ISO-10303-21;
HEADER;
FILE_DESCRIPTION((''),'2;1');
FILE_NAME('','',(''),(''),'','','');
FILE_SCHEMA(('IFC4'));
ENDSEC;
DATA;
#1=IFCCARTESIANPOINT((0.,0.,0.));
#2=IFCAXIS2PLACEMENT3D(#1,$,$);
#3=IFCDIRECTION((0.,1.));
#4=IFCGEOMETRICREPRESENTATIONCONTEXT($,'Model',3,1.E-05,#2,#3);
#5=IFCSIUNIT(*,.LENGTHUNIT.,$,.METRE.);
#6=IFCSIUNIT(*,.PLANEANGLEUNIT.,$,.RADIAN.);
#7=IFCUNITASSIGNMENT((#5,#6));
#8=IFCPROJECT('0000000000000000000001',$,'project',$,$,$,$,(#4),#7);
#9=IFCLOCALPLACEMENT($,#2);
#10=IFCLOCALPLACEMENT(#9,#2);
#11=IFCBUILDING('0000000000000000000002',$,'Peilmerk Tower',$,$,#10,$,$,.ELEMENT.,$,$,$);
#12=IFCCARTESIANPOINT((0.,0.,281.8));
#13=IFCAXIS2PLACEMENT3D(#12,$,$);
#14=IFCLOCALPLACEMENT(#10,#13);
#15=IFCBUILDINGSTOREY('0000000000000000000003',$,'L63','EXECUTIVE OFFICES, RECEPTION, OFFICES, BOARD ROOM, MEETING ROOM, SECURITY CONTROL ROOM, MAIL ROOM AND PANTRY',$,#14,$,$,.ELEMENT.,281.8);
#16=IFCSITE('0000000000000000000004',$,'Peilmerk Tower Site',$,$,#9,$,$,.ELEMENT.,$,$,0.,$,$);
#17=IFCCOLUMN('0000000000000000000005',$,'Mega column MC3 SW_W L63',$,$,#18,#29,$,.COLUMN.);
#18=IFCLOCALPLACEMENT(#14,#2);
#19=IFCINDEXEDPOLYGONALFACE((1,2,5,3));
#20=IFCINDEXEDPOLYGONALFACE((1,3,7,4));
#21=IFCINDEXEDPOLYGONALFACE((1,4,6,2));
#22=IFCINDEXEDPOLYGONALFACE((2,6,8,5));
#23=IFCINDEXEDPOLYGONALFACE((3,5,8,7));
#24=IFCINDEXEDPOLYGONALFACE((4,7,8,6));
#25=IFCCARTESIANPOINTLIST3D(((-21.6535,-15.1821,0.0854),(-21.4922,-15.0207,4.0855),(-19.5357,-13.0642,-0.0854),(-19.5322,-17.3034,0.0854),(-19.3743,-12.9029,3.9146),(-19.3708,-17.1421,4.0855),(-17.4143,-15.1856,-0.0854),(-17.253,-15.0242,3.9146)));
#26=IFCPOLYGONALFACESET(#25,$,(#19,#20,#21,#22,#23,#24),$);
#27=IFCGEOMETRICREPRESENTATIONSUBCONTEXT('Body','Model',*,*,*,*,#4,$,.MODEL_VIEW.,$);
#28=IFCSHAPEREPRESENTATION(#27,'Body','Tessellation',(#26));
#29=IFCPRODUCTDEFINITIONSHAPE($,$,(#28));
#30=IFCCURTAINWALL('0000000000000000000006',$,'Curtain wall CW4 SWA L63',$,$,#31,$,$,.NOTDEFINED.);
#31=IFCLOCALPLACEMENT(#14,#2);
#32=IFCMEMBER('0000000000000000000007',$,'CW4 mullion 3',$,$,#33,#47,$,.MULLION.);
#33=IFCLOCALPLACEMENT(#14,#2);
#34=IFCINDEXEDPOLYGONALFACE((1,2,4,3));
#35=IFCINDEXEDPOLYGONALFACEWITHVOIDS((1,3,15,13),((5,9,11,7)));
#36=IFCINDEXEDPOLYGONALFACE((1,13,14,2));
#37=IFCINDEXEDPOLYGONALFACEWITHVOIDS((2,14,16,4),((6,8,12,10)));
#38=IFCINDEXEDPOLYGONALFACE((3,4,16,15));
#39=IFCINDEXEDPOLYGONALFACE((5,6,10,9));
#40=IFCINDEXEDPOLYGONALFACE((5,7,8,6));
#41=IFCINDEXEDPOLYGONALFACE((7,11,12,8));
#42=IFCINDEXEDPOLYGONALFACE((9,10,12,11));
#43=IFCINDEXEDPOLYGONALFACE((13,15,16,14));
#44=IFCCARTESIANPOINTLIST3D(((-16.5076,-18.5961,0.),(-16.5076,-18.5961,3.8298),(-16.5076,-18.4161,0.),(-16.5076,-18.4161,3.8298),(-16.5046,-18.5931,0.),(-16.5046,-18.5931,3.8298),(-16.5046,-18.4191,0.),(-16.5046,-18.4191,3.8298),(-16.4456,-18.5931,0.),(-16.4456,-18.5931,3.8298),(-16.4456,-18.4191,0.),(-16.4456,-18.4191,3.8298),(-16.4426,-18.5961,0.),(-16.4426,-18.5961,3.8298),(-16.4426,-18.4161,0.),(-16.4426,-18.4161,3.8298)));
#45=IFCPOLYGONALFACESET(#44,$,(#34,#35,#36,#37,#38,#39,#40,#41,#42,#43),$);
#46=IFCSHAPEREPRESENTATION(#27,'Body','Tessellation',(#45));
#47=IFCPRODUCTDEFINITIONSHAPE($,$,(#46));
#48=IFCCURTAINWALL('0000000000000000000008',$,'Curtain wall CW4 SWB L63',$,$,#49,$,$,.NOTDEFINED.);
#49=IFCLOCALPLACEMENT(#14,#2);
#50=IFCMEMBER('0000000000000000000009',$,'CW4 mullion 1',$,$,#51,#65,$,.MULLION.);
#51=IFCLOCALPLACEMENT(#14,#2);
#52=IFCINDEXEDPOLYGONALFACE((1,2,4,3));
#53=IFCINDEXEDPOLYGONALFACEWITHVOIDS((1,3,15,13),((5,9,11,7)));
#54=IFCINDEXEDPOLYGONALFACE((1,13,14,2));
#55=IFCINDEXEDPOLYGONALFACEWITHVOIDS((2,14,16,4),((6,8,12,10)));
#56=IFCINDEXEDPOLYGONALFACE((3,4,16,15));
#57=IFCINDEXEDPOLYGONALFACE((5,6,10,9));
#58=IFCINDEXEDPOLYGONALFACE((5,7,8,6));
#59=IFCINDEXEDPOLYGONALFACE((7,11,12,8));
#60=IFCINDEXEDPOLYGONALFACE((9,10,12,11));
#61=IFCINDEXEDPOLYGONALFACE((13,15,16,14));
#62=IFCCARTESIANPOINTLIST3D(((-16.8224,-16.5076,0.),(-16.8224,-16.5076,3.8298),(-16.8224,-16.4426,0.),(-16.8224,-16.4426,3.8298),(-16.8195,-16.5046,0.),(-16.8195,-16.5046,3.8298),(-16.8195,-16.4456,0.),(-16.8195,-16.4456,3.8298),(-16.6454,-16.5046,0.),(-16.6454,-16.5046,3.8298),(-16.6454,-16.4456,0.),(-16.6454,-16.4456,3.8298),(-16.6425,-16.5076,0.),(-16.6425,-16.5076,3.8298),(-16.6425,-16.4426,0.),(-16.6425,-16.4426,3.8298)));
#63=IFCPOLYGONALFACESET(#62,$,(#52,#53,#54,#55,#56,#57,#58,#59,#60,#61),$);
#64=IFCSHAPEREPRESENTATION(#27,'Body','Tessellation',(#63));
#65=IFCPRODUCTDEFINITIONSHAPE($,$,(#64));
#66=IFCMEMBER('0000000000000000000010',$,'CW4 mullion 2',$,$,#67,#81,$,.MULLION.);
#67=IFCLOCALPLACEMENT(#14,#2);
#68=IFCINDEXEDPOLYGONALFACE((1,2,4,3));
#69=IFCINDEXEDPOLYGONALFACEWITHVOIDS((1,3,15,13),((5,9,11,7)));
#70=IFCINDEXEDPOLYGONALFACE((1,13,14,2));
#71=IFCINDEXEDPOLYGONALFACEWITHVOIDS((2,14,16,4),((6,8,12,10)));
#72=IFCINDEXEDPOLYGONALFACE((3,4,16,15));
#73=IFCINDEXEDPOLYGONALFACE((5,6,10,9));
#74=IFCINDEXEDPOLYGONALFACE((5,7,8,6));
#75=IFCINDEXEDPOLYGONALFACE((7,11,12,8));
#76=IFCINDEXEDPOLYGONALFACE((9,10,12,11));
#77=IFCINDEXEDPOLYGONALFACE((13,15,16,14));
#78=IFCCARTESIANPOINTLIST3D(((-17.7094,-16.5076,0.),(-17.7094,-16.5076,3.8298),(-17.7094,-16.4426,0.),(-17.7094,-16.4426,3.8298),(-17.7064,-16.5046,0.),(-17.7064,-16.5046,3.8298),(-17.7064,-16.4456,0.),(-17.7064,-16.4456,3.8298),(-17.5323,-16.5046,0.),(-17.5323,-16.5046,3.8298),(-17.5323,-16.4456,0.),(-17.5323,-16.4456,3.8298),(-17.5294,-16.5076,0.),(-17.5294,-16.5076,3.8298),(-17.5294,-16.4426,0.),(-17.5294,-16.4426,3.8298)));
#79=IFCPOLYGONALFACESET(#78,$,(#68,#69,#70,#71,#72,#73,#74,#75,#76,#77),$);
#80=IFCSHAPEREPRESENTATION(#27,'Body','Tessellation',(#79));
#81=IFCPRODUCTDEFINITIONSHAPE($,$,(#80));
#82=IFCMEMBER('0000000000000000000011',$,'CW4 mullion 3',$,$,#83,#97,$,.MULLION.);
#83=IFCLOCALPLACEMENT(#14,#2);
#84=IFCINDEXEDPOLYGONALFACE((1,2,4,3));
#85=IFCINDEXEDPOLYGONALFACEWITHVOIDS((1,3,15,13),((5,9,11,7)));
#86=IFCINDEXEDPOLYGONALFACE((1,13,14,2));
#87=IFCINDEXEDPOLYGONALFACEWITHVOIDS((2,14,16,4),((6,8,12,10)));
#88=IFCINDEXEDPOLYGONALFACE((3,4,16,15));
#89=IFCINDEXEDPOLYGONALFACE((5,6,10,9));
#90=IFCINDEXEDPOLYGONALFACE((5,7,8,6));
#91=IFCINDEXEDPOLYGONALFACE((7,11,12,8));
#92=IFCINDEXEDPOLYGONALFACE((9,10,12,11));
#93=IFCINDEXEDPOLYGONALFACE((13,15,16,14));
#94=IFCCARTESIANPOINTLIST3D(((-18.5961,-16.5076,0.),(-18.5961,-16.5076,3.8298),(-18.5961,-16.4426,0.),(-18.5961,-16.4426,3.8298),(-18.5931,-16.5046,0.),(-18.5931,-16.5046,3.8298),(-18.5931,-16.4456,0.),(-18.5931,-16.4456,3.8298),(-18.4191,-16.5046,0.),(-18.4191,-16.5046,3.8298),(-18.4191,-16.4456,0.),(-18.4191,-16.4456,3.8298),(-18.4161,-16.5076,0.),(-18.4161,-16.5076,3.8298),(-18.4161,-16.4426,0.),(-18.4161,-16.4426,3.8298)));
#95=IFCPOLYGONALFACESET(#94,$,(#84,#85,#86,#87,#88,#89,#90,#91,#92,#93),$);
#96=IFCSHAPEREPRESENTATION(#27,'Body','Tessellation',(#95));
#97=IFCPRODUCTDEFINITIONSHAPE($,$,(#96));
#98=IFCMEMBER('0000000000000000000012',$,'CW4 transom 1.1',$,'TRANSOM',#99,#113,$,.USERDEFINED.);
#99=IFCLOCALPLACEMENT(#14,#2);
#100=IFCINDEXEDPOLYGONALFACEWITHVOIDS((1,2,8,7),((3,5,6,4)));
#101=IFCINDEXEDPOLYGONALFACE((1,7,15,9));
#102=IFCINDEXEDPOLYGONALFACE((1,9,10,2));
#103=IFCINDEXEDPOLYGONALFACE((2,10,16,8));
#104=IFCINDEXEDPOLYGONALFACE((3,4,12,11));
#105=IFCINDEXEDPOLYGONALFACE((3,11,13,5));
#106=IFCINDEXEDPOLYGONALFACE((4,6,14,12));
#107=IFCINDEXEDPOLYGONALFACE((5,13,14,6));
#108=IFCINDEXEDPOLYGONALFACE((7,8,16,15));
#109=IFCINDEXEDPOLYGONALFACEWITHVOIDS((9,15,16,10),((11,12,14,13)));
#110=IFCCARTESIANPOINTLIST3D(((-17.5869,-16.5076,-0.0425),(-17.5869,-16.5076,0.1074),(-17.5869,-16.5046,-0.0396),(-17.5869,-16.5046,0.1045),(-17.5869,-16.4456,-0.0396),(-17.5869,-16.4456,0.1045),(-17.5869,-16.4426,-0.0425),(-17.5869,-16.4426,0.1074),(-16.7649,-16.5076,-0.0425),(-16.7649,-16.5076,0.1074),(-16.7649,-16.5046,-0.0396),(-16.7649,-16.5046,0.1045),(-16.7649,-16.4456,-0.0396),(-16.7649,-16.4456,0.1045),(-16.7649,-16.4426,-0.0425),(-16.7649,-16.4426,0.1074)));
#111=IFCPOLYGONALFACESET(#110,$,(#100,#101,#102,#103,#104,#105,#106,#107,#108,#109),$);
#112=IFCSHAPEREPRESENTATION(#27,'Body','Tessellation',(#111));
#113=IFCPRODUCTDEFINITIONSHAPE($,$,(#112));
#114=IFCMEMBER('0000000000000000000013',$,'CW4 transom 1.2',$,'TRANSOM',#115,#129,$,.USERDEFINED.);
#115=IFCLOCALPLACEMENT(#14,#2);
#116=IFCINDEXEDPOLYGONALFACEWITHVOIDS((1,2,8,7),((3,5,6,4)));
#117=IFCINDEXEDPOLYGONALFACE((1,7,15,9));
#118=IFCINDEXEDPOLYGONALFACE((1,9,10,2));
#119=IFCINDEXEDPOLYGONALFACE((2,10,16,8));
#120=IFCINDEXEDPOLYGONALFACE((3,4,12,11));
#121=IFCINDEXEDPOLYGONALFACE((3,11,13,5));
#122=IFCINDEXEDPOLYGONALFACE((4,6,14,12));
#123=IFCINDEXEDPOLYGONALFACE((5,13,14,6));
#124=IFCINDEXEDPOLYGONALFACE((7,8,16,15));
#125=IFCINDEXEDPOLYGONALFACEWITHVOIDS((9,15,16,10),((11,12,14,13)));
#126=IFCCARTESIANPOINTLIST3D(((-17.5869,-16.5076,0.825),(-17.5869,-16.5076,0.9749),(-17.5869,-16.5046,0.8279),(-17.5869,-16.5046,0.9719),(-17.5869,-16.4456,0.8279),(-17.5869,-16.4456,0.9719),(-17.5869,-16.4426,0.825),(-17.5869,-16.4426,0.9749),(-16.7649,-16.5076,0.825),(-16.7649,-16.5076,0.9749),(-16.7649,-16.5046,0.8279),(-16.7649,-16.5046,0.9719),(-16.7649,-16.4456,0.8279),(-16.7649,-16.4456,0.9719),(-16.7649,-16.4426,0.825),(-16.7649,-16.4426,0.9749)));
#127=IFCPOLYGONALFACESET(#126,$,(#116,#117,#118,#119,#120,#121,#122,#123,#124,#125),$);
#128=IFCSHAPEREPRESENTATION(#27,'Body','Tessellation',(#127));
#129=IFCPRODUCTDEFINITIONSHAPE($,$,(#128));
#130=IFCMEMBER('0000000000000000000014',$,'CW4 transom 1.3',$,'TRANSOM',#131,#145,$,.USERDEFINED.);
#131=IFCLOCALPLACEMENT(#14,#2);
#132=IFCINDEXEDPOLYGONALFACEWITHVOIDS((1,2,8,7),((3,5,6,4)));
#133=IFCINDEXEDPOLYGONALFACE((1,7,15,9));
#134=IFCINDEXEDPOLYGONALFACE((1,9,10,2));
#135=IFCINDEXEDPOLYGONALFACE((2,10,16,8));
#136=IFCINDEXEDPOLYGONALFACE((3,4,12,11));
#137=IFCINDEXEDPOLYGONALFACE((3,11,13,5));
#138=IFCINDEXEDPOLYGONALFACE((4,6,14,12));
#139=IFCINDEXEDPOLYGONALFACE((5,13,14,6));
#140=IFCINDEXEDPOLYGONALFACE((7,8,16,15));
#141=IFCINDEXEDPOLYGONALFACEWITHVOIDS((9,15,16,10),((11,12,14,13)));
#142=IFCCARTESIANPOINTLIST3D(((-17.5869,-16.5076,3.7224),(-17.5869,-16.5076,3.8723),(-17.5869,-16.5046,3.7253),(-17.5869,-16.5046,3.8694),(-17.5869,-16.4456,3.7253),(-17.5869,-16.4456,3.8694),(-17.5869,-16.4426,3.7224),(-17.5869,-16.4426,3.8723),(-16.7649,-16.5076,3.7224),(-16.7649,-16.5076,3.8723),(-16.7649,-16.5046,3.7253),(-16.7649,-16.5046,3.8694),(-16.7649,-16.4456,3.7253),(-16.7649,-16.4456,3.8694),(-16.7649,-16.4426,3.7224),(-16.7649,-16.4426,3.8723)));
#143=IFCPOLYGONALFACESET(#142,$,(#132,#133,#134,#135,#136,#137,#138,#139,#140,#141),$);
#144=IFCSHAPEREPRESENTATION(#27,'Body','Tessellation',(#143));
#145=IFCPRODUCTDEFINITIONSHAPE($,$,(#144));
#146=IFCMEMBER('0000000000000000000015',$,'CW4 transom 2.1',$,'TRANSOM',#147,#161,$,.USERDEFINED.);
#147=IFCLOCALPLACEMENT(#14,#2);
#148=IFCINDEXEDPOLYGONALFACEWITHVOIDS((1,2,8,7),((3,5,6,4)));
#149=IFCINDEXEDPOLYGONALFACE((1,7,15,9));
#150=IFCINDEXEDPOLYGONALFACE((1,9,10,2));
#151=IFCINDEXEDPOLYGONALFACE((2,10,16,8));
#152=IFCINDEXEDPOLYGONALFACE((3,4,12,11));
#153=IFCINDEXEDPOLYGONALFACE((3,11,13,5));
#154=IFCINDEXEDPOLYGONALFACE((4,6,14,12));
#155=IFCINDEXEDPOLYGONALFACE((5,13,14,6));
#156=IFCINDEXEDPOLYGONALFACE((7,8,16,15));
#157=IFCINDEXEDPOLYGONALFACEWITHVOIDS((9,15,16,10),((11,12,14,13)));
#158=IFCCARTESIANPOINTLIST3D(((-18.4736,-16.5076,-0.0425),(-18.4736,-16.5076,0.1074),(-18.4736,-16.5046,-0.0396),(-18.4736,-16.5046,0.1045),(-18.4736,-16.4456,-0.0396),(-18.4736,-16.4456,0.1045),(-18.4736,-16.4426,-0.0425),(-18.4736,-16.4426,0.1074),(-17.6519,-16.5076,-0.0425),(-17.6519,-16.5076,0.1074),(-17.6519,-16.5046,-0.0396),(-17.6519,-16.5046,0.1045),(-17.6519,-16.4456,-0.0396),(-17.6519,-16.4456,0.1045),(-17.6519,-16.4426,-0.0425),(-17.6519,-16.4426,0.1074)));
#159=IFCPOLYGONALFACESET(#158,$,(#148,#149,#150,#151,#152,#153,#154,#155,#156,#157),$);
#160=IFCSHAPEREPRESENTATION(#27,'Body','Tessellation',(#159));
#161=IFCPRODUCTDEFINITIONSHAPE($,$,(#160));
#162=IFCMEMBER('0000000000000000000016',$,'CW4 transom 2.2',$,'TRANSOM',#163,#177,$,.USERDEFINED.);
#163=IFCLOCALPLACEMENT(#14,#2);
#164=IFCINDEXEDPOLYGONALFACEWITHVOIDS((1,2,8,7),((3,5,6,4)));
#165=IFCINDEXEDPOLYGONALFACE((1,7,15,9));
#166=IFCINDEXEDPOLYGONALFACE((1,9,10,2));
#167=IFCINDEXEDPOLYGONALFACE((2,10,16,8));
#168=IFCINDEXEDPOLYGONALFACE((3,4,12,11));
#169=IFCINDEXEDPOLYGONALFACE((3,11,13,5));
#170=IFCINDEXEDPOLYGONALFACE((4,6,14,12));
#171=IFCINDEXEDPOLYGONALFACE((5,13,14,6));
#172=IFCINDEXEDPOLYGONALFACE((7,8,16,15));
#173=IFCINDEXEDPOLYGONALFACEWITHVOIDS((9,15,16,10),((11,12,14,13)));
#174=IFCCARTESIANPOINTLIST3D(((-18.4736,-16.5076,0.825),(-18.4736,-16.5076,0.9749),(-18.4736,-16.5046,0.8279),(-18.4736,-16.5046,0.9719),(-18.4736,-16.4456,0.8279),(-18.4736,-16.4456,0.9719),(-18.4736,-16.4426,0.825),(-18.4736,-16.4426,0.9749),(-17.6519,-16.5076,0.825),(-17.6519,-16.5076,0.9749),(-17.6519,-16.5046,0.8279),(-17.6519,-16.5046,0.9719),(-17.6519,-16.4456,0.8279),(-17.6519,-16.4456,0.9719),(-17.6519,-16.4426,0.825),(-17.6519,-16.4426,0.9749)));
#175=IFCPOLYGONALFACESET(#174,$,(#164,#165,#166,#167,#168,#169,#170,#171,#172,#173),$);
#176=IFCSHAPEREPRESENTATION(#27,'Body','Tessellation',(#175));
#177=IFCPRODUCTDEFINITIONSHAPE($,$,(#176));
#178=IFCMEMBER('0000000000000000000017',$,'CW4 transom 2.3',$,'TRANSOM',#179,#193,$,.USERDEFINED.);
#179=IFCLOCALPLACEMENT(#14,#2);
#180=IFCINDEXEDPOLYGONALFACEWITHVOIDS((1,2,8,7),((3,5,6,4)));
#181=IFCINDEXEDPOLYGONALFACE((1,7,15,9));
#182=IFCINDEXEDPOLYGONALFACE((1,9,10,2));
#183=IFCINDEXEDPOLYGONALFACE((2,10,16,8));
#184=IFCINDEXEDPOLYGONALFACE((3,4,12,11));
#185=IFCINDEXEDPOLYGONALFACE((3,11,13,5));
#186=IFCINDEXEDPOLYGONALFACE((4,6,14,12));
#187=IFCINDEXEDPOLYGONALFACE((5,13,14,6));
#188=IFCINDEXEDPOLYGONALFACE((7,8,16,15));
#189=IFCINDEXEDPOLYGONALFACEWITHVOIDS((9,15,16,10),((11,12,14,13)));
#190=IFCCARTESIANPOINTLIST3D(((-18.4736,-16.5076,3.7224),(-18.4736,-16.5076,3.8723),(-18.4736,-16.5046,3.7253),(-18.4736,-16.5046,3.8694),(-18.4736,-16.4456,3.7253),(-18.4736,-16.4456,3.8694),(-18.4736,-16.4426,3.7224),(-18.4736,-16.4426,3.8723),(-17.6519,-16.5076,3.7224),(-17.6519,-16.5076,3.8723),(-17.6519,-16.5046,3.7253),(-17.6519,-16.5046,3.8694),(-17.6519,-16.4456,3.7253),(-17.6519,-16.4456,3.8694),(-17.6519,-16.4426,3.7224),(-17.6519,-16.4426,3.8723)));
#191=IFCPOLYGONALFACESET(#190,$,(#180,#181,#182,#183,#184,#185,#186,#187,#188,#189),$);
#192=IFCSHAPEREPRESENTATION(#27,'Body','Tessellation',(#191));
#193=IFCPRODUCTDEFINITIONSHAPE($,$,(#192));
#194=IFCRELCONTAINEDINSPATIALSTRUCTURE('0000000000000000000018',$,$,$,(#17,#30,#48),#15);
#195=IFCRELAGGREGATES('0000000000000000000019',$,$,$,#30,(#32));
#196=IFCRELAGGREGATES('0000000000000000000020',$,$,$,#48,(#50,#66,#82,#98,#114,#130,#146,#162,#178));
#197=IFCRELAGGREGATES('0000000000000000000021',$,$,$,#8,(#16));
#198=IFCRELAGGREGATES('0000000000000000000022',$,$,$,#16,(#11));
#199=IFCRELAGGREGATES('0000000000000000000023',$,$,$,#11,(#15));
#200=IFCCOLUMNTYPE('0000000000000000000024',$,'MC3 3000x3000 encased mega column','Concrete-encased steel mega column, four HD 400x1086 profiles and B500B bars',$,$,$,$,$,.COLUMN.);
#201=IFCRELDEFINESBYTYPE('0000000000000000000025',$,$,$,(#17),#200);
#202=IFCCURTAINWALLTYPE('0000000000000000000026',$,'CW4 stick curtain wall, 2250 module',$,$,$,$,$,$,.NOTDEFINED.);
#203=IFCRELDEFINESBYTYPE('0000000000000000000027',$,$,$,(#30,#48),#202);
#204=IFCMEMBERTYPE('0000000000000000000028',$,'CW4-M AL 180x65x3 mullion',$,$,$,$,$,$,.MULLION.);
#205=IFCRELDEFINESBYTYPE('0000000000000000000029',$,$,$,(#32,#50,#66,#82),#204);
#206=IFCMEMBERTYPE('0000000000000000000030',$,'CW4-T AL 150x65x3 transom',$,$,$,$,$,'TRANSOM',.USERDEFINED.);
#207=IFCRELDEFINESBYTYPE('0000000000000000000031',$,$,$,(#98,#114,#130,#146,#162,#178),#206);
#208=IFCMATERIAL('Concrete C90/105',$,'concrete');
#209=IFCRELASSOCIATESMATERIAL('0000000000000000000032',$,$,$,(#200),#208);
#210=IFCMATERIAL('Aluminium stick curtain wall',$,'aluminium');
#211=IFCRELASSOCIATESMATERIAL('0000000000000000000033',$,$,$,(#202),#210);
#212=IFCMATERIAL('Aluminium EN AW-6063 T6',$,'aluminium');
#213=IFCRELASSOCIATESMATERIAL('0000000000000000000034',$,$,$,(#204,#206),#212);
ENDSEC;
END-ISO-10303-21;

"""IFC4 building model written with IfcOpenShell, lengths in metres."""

from ifc_helpers import new_model, si_unit, direction, frame, origin, origin_2d, place, context, subcontext, project, spatial, rectangle, hollow_rectangle, extrude, material, material_profile, profile_set, type_object, element, aggregate, save


model = new_model("IFC4")

# Units and contexts
model_context = context("Model", 3, precision=1e-05, world=origin(), true_north=direction((0.0, 1.0)))
body_context = subcontext(model_context, "Body", "Model", "MODEL_VIEW")
ifc_project = project(units=[si_unit("LENGTHUNIT", "METRE"), si_unit("PLANEANGLEUNIT", "RADIAN")], contexts=[model_context])

# Site, building, storey
site_placement = place(None, origin())
site = spatial("IfcSite", under=ifc_project, at=site_placement, Name="Peilmerk Tower Site", CompositionType="ELEMENT", RefElevation=0.0)
building_placement = place(site_placement, origin())
building = spatial("IfcBuilding", under=site, at=building_placement, Name="Peilmerk Tower", CompositionType="ELEMENT")
storey_placement = place(building_placement, frame((0.0, 0.0, 281.8)))
storey = spatial("IfcBuildingStorey", under=building, at=storey_placement, Name="L63", Description="EXECUTIVE OFFICES, RECEPTION, OFFICES, BOARD ROOM, MEETING ROOM, SECURITY CONTROL ROOM, MAIL ROOM AND PANTRY", CompositionType="ELEMENT", Elevation=281.8)

# Column
ifc_material_1 = material(Name="Concrete C90/105", Category="concrete")
ifc_material_profile_1 = material_profile(ifc_material_1, rectangle(XDim=3.0, YDim=3.0, at=origin_2d()), Name="RC 3000x3000")
ifc_profile_set_1 = profile_set([ifc_material_profile_1], Name="Concrete C90/105")
column_type = type_object("IfcColumnType", Name="MC3 3000x3000 encased mega column", Description="Concrete-encased steel mega column, four HD 400x1086 profiles and B500B bars", PredefinedType="COLUMN", material=ifc_profile_set_1)
column_placement = place(storey_placement, frame((-19.5339, -15.1838, 0.0), z_axis=(0.040279, 0.040279, 0.998376), x_axis=(-0.707107, 0.707107, 0.0)))
element("IfcColumn", 1, at=column_placement, inside=storey, type_object=column_type, Name="Mega column MC3 SW_W L63", PredefinedType="COLUMN", context=body_context, shape_type="SweptSolid", body=[
    extrude(rectangle(XDim=3.0, YDim=3.0, at=origin_2d()), origin(), (0.0, 0.0, 1.0), 4.0066),
])

# Curtain wall, member
ifc_material_2 = material(Name="Aluminium stick curtain wall", Category="aluminium")
curtain_wall_type = type_object("IfcCurtainWallType", Name="CW4 stick curtain wall, 2250 module", PredefinedType="NOTDEFINED", material=ifc_material_2)
curtain_wall_1_placement = place(storey_placement, origin())
curtain_wall_1 = element("IfcCurtainWall", 2, at=curtain_wall_1_placement, inside=storey, type_object=curtain_wall_type, Name="Curtain wall CW4 SWA L63", PredefinedType="NOTDEFINED")
ifc_material_3 = material(Name="Aluminium EN AW-6063 T6", Category="aluminium")
ifc_material_profile_2 = material_profile(ifc_material_3, hollow_rectangle(XDim=0.0649, YDim=0.1799, WallThickness=0.0029, at=origin_2d()), Name="AL 180x65x3")
ifc_profile_set_2 = profile_set([ifc_material_profile_2], Name="Aluminium EN AW-6063 T6")
member_type_1 = type_object("IfcMemberType", Name="CW4-M AL 180x65x3 mullion", PredefinedType="MULLION", material=ifc_profile_set_2)
member_1_placement = place(storey_placement, frame((-16.4751, -18.5061, 0.0), z_axis=(0.0, 0.0, 1.0), x_axis=(1.0, 0.0, 0.0)))
member_1 = element("IfcMember", 3, at=member_1_placement, type_object=member_type_1, Name="CW4 mullion 3", PredefinedType="MULLION", context=body_context, shape_type="SweptSolid", body=[
    extrude(hollow_rectangle(XDim=0.0649, YDim=0.1799, WallThickness=0.0029, at=origin_2d()), origin(), (0.0, 0.0, 1.0), 3.8298),
])

# Curtain wall, members
curtain_wall_2_placement = place(storey_placement, origin())
curtain_wall_2 = element("IfcCurtainWall", 4, at=curtain_wall_2_placement, inside=storey, type_object=curtain_wall_type, Name="Curtain wall CW4 SWB L63", PredefinedType="NOTDEFINED")
member_2_placement = place(storey_placement, frame((-16.7324, -16.4751, 0.0), z_axis=(0.0, 0.0, 1.0), x_axis=(0.0, -1.0, 0.0)))
member_2 = element("IfcMember", 5, at=member_2_placement, type_object=member_type_1, Name="CW4 mullion 1", PredefinedType="MULLION", context=body_context, shape_type="SweptSolid", body=[
    extrude(hollow_rectangle(XDim=0.0649, YDim=0.1799, WallThickness=0.0029, at=origin_2d()), origin(), (0.0, 0.0, 1.0), 3.8298),
])
member_3_placement = place(storey_placement, frame((-17.6194, -16.4751, 0.0), z_axis=(0.0, 0.0, 1.0), x_axis=(0.0, -1.0, 0.0)))
member_3 = element("IfcMember", 6, at=member_3_placement, type_object=member_type_1, Name="CW4 mullion 2", PredefinedType="MULLION", context=body_context, shape_type="SweptSolid", body=[
    extrude(hollow_rectangle(XDim=0.0649, YDim=0.1799, WallThickness=0.0029, at=origin_2d()), origin(), (0.0, 0.0, 1.0), 3.8298),
])
member_4_placement = place(storey_placement, frame((-18.5061, -16.4751, 0.0), z_axis=(0.0, 0.0, 1.0), x_axis=(0.0, -1.0, 0.0)))
member_4 = element("IfcMember", 7, at=member_4_placement, type_object=member_type_1, Name="CW4 mullion 3", PredefinedType="MULLION", context=body_context, shape_type="SweptSolid", body=[
    extrude(hollow_rectangle(XDim=0.0649, YDim=0.1799, WallThickness=0.0029, at=origin_2d()), origin(), (0.0, 0.0, 1.0), 3.8298),
])
ifc_material_profile_3 = material_profile(ifc_material_3, hollow_rectangle(XDim=0.0649, YDim=0.1499, WallThickness=0.0029, at=origin_2d()), Name="AL 150x65x3")
ifc_profile_set_3 = profile_set([ifc_material_profile_3], Name="Aluminium EN AW-6063 T6")
member_type_2 = type_object("IfcMemberType", Name="CW4-T AL 150x65x3 transom", ElementType="TRANSOM", PredefinedType="USERDEFINED", material=ifc_profile_set_3)
member_5_placement = place(storey_placement, frame((-16.7649, -16.4751, 0.0325), z_axis=(-1.0, 0.0, 0.0), x_axis=(0.0, -1.0, 0.0)))
member_5 = element("IfcMember", 8, at=member_5_placement, type_object=member_type_2, Name="CW4 transom 1.1", ObjectType="TRANSOM", PredefinedType="USERDEFINED", context=body_context, shape_type="SweptSolid", body=[
    extrude(hollow_rectangle(XDim=0.0649, YDim=0.1499, WallThickness=0.0029, at=origin_2d()), origin(), (0.0, 0.0, 1.0), 0.822),
])
member_6_placement = place(storey_placement, frame((-16.7649, -16.4751, 0.8999), z_axis=(-1.0, 0.0, 0.0), x_axis=(0.0, -1.0, 0.0)))
member_6 = element("IfcMember", 9, at=member_6_placement, type_object=member_type_2, Name="CW4 transom 1.2", ObjectType="TRANSOM", PredefinedType="USERDEFINED", context=body_context, shape_type="SweptSolid", body=[
    extrude(hollow_rectangle(XDim=0.0649, YDim=0.1499, WallThickness=0.0029, at=origin_2d()), origin(), (0.0, 0.0, 1.0), 0.822),
])
member_7_placement = place(storey_placement, frame((-16.7649, -16.4751, 3.7974), z_axis=(-1.0, 0.0, 0.0), x_axis=(0.0, -1.0, 0.0)))
member_7 = element("IfcMember", 10, at=member_7_placement, type_object=member_type_2, Name="CW4 transom 1.3", ObjectType="TRANSOM", PredefinedType="USERDEFINED", context=body_context, shape_type="SweptSolid", body=[
    extrude(hollow_rectangle(XDim=0.0649, YDim=0.1499, WallThickness=0.0029, at=origin_2d()), origin(), (0.0, 0.0, 1.0), 0.822),
])
member_8_placement = place(storey_placement, frame((-17.6519, -16.4751, 0.0325), z_axis=(-1.0, 0.0, 0.0), x_axis=(0.0, -1.0, 0.0)))
member_8 = element("IfcMember", 11, at=member_8_placement, type_object=member_type_2, Name="CW4 transom 2.1", ObjectType="TRANSOM", PredefinedType="USERDEFINED", context=body_context, shape_type="SweptSolid", body=[
    extrude(hollow_rectangle(XDim=0.0649, YDim=0.1499, WallThickness=0.0029, at=origin_2d()), origin(), (0.0, 0.0, 1.0), 0.8218),
])
member_9_placement = place(storey_placement, frame((-17.6519, -16.4751, 0.8999), z_axis=(-1.0, 0.0, 0.0), x_axis=(0.0, -1.0, 0.0)))
member_9 = element("IfcMember", 12, at=member_9_placement, type_object=member_type_2, Name="CW4 transom 2.2", ObjectType="TRANSOM", PredefinedType="USERDEFINED", context=body_context, shape_type="SweptSolid", body=[
    extrude(hollow_rectangle(XDim=0.0649, YDim=0.1499, WallThickness=0.0029, at=origin_2d()), origin(), (0.0, 0.0, 1.0), 0.8218),
])
member_10_placement = place(storey_placement, frame((-17.6519, -16.4751, 3.7974), z_axis=(-1.0, 0.0, 0.0), x_axis=(0.0, -1.0, 0.0)))
member_10 = element("IfcMember", 13, at=member_10_placement, type_object=member_type_2, Name="CW4 transom 2.3", ObjectType="TRANSOM", PredefinedType="USERDEFINED", context=body_context, shape_type="SweptSolid", body=[
    extrude(hollow_rectangle(XDim=0.0649, YDim=0.1499, WallThickness=0.0029, at=origin_2d()), origin(), (0.0, 0.0, 1.0), 0.8218),
])

aggregate(curtain_wall_1, [member_1])
aggregate(curtain_wall_2, [member_2, member_3, member_4, member_5, member_6, member_7, member_8, member_9, member_10])

save(model, "model.ifc")
